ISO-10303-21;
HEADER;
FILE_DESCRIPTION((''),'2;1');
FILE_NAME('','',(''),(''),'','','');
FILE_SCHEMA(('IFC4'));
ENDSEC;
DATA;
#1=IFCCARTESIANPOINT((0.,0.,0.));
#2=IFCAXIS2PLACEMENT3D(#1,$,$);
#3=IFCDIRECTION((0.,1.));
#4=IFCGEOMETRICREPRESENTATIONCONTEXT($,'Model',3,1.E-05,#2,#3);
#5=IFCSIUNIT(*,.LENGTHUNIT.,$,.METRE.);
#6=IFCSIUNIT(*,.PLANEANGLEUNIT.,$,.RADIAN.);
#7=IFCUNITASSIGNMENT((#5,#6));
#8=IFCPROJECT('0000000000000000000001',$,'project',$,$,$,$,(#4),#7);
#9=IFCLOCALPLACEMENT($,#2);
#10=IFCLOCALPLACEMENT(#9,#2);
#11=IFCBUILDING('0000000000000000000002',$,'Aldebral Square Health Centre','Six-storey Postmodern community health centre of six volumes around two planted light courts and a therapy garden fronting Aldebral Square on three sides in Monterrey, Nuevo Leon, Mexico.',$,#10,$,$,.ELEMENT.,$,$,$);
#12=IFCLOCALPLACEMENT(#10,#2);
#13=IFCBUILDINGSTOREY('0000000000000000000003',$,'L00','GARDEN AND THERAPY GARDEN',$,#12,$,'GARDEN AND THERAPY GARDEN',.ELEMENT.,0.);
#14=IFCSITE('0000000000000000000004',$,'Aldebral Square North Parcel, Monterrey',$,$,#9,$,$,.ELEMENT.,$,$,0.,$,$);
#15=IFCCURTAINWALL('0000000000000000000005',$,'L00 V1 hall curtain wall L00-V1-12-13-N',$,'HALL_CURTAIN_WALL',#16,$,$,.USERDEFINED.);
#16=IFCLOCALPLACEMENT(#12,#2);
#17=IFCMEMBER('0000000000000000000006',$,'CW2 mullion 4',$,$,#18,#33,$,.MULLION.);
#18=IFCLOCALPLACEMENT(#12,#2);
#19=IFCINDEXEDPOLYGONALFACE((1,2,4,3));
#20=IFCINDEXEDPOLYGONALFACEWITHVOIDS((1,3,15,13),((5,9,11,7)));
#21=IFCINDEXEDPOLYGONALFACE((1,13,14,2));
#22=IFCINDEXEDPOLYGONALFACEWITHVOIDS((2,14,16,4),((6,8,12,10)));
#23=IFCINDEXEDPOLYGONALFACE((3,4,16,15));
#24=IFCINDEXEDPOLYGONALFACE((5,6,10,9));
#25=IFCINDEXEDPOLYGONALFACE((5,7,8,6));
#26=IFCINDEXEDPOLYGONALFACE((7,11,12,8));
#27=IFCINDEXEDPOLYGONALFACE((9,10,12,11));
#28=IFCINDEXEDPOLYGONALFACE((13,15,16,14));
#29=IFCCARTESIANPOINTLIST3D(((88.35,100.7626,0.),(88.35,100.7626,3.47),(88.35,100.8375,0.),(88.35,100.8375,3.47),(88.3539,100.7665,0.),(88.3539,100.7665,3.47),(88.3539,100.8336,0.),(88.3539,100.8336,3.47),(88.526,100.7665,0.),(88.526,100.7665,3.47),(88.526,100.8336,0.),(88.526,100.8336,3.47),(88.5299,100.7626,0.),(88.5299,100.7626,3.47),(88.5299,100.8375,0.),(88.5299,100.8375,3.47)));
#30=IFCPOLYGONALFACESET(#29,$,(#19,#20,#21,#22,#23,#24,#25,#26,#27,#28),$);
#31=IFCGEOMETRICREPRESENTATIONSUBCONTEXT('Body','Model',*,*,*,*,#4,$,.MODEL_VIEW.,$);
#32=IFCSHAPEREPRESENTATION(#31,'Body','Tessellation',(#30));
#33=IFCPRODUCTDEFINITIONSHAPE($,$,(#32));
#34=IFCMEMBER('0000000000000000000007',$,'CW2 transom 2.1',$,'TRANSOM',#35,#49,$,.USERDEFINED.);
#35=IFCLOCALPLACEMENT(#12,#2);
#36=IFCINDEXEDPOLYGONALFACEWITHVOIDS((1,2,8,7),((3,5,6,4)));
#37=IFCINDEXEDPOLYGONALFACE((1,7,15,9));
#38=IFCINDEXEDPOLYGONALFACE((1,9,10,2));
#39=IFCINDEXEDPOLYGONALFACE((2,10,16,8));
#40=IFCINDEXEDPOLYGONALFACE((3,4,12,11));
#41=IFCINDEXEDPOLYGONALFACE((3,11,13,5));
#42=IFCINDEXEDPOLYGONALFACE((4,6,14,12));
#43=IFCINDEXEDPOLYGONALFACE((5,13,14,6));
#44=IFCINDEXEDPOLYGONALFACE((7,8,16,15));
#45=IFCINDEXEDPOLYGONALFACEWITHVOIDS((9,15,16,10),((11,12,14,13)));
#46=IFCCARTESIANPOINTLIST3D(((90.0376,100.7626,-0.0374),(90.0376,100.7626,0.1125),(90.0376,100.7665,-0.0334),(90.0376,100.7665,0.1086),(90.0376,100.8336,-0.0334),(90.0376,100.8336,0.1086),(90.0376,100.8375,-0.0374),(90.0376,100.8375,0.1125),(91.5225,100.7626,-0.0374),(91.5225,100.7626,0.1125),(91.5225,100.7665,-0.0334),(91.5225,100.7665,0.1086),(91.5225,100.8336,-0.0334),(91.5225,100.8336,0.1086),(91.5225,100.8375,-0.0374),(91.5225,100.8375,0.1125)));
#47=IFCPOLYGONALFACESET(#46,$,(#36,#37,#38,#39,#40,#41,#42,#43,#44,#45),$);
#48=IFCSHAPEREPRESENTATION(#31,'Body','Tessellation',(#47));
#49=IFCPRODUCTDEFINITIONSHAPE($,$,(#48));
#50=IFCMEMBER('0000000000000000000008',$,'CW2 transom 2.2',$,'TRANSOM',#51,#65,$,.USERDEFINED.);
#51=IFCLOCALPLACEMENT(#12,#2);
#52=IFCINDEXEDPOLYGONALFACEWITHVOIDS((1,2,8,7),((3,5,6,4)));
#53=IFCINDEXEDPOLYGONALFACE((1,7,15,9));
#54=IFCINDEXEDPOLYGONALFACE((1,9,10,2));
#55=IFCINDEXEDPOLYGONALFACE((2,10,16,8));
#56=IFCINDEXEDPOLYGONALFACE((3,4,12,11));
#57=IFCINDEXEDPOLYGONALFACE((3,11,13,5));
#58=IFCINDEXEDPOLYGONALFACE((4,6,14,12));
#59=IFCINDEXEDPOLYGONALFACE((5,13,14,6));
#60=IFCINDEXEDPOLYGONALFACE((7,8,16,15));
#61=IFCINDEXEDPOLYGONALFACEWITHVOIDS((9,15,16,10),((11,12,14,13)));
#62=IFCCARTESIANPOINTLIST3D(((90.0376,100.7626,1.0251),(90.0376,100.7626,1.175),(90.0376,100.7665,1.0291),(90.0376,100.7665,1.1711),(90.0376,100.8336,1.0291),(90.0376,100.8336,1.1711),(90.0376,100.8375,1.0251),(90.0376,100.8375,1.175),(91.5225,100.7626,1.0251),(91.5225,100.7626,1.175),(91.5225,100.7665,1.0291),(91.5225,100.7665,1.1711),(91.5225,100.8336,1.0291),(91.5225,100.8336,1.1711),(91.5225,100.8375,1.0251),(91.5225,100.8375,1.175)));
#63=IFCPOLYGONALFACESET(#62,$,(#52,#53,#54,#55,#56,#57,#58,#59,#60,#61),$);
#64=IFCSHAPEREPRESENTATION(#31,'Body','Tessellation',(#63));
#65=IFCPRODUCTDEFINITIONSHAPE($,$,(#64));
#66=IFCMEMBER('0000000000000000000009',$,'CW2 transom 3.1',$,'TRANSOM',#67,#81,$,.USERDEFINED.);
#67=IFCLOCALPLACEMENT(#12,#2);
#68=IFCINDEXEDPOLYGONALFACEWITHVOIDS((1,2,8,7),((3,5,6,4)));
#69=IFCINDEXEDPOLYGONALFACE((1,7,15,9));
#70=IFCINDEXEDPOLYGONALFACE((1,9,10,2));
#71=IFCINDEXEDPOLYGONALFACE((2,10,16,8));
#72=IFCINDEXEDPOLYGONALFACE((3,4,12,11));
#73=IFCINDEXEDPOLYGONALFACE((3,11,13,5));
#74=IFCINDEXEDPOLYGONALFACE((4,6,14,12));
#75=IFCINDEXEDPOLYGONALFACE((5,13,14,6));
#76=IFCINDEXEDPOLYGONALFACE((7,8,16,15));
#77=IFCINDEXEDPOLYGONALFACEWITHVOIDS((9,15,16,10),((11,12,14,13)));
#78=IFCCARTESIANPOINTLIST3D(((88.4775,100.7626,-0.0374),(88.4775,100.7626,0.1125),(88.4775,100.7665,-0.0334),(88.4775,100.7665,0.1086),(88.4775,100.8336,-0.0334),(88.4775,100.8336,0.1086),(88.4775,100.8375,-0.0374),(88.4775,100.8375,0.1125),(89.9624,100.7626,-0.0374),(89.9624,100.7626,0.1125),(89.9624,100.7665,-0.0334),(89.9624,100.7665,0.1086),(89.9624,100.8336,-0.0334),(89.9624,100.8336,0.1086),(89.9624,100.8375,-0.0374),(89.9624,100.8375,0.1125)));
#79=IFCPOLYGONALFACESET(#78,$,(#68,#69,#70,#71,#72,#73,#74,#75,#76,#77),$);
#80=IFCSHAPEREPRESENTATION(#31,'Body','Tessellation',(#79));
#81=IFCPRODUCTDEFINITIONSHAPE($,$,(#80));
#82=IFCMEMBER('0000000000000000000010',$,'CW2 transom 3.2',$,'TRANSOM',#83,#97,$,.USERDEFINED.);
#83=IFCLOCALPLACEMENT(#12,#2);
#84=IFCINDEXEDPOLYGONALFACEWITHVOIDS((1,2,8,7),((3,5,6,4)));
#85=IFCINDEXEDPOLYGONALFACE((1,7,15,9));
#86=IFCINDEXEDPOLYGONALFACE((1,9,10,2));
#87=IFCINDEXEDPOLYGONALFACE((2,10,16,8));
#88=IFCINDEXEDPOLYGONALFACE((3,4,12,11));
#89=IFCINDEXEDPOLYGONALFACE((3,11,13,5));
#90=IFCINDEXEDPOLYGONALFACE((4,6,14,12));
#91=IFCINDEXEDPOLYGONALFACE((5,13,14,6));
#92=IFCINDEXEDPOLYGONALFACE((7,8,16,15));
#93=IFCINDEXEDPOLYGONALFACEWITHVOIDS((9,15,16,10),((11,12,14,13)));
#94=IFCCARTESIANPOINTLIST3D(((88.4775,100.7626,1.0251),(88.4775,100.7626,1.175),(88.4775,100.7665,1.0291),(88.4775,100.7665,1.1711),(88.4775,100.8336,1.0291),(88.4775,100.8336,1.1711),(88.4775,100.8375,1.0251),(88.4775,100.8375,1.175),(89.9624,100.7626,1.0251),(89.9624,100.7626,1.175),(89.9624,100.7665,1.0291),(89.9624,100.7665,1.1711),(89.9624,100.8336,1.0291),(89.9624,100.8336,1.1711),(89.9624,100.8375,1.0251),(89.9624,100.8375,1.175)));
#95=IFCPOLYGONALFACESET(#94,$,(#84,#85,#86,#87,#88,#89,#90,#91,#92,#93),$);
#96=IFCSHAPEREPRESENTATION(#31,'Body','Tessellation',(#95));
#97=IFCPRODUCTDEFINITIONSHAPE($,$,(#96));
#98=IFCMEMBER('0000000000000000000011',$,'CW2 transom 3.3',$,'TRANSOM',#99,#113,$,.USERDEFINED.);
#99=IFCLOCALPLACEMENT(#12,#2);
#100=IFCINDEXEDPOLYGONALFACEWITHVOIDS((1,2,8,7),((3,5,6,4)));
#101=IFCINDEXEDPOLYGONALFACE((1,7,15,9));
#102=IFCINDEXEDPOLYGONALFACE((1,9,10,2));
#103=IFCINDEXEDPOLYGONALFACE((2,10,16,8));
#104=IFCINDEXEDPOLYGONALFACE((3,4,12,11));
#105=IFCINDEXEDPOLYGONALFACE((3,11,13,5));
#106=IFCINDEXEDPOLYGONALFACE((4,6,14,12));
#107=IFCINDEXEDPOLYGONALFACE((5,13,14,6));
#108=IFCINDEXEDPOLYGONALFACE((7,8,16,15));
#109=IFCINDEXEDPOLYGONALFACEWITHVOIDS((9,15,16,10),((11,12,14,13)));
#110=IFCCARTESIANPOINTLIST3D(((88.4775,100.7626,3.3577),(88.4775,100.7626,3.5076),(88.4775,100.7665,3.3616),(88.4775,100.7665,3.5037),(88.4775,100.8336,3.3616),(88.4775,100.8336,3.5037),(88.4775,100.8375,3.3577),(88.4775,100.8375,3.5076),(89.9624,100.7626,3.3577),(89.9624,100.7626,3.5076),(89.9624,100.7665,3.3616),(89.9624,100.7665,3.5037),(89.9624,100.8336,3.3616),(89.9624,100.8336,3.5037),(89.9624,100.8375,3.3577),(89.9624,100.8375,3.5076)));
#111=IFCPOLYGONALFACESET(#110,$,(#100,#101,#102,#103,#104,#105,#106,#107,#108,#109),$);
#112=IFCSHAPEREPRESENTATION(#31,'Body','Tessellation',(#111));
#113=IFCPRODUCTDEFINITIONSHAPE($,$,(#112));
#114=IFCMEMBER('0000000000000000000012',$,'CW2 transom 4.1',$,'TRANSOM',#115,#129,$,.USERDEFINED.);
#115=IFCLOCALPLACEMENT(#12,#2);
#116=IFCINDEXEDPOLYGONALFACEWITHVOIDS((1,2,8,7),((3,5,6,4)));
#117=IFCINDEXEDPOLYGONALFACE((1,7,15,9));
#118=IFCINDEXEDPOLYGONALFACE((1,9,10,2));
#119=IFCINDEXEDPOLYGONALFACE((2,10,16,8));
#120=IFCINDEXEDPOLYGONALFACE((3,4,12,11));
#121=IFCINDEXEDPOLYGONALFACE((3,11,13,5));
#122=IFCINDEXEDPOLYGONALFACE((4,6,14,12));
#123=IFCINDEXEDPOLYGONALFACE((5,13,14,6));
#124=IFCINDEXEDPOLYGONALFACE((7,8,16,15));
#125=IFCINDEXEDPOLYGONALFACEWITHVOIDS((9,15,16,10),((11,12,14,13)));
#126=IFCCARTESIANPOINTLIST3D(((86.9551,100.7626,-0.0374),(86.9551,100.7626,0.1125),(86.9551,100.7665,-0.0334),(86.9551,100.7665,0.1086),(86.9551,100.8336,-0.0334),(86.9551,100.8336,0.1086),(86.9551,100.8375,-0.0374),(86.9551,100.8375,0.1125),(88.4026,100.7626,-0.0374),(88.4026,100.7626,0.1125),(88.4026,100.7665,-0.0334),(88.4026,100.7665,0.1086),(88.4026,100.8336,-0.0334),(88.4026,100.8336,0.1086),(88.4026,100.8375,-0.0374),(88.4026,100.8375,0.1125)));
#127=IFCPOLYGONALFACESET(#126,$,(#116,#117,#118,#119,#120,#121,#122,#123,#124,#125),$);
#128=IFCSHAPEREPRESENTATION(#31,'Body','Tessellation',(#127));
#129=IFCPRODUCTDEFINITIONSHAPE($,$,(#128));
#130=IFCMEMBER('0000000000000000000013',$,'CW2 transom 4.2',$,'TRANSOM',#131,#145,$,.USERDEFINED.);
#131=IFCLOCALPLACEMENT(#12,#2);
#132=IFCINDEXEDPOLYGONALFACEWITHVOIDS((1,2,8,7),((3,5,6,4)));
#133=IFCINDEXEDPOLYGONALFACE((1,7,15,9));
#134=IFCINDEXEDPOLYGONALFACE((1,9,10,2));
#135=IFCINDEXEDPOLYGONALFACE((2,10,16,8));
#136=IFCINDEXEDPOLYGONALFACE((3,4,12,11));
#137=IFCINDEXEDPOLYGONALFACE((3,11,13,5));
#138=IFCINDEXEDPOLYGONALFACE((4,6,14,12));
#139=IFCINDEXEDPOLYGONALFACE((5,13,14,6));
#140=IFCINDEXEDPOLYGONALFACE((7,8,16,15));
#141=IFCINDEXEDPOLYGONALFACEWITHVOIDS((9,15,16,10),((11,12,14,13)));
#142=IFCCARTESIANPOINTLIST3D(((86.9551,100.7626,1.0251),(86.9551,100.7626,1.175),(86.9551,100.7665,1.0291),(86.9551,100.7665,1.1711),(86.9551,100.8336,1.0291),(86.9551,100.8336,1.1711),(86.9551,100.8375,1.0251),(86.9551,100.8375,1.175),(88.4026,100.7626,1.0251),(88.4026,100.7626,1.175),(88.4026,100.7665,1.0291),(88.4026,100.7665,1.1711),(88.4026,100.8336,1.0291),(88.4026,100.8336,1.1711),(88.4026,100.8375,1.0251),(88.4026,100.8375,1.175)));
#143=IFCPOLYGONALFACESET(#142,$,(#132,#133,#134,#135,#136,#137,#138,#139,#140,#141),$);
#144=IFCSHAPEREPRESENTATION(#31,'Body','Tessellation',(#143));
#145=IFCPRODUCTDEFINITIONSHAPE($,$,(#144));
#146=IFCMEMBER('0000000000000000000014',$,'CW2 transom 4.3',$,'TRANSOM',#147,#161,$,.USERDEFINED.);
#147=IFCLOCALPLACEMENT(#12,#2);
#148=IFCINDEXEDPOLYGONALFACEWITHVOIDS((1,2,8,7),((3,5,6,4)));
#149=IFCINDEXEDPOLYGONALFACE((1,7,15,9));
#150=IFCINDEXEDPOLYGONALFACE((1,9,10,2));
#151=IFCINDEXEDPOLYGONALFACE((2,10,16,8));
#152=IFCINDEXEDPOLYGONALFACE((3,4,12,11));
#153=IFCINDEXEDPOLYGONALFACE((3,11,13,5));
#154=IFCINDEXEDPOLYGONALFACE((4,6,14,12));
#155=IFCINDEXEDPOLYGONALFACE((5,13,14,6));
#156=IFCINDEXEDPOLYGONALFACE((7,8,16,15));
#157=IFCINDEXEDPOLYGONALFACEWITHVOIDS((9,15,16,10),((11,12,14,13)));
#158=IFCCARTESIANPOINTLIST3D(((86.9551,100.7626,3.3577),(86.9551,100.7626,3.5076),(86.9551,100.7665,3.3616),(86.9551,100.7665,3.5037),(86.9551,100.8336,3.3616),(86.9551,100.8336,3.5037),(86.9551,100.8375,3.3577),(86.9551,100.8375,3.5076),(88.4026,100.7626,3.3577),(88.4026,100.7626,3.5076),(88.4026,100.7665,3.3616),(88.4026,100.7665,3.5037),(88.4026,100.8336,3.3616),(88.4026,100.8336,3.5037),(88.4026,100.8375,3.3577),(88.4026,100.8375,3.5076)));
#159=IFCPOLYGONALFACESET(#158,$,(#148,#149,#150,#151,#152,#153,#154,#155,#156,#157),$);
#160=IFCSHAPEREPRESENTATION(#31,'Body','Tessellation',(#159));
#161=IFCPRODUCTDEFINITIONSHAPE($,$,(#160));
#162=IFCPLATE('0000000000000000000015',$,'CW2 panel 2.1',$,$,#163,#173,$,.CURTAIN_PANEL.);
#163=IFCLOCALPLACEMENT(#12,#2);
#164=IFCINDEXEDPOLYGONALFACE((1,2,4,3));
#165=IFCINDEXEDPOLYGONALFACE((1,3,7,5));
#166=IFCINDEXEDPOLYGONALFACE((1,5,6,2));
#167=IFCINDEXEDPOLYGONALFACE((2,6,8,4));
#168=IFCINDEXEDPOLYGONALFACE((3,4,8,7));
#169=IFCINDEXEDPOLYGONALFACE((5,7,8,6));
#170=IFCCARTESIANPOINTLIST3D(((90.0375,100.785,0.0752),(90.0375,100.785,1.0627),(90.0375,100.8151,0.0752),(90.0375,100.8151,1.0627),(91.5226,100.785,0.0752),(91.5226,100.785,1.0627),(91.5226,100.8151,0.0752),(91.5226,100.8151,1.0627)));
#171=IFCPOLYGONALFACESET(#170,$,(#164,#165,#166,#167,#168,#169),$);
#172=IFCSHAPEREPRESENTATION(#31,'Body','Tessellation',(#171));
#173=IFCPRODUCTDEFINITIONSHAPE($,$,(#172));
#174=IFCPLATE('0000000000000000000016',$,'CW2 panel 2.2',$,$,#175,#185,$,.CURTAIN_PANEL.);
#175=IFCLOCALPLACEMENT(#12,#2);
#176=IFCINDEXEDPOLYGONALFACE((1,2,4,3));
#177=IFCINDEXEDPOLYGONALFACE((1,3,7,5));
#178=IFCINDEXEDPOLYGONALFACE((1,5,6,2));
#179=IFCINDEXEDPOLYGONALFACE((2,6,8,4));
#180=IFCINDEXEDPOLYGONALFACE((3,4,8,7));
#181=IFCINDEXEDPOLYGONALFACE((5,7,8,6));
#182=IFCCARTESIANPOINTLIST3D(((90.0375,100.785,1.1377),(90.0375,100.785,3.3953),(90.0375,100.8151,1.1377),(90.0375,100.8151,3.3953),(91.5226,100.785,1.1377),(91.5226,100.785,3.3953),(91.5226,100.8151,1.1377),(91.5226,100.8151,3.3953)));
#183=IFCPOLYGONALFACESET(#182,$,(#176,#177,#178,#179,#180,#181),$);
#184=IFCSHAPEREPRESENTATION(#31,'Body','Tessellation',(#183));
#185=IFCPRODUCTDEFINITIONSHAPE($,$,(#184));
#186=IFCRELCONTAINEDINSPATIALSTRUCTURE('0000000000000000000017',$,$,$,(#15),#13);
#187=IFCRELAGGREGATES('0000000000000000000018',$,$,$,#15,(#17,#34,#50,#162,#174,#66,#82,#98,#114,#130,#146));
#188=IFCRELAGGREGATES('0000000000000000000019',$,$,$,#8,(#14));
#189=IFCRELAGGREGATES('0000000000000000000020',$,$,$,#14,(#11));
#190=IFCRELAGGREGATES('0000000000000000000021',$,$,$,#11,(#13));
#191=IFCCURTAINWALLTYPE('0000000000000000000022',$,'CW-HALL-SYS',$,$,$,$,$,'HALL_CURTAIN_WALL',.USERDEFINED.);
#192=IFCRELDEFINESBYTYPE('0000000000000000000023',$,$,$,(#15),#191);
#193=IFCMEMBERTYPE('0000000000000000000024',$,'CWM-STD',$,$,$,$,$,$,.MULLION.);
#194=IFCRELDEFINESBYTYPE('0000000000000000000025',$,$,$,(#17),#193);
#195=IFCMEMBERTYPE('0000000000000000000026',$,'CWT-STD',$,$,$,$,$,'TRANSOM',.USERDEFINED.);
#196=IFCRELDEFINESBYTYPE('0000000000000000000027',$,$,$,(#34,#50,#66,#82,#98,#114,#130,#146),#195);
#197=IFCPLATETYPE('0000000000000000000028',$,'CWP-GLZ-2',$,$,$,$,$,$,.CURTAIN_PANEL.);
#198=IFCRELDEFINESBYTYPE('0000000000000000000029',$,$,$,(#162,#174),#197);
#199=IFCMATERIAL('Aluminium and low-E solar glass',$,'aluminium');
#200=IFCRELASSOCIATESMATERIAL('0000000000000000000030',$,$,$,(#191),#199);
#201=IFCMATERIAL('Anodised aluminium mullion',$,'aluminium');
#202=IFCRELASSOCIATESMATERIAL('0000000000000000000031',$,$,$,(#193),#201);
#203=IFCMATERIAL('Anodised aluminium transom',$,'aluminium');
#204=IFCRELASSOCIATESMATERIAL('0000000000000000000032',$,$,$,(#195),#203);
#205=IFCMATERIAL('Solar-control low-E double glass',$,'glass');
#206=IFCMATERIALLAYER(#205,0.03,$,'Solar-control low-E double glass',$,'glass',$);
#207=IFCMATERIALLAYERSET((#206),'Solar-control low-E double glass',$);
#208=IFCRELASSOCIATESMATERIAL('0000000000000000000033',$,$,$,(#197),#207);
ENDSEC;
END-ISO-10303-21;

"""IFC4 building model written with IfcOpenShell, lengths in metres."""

from ifc_helpers import new_model, si_unit, direction, frame, origin, origin_2d, place, context, subcontext, project, spatial, rectangle, hollow_rectangle, extrude, material, layer, layer_set, material_profile, profile_set, type_object, element, aggregate, save


model = new_model("IFC4")

# Units and contexts
model_context = context("Model", 3, precision=1e-05, world=origin(), true_north=direction((0.0, 1.0)))
body_context = subcontext(model_context, "Body", "Model", "MODEL_VIEW")
ifc_project = project(units=[si_unit("LENGTHUNIT", "METRE"), si_unit("PLANEANGLEUNIT", "RADIAN")], contexts=[model_context])

# Site, building, storey
site_placement = place(None, origin())
site = spatial("IfcSite", under=ifc_project, at=site_placement, Name="Aldebral Square North Parcel, Monterrey", CompositionType="ELEMENT", RefElevation=0.0)
building_placement = place(site_placement, origin())
building = spatial("IfcBuilding", under=site, at=building_placement, Name="Aldebral Square Health Centre", Description="Six-storey Postmodern community health centre of six volumes around two planted light courts and a therapy garden fronting Aldebral Square on three sides in Monterrey, Nuevo Leon, Mexico.", CompositionType="ELEMENT")
storey_placement = place(building_placement, origin())
storey = spatial("IfcBuildingStorey", under=building, at=storey_placement, Name="L00", Description="GARDEN AND THERAPY GARDEN", LongName="GARDEN AND THERAPY GARDEN", CompositionType="ELEMENT", Elevation=0.0)

# Curtain wall, members, plates
ifc_material_1 = material(Name="Aluminium and low-E solar glass", Category="aluminium")
curtain_wall_type = type_object("IfcCurtainWallType", Name="CW-HALL-SYS", ElementType="HALL_CURTAIN_WALL", PredefinedType="USERDEFINED", material=ifc_material_1)
curtain_wall_placement = place(storey_placement, origin())
curtain_wall = element("IfcCurtainWall", 1, at=curtain_wall_placement, inside=storey, type_object=curtain_wall_type, Name="L00 V1 hall curtain wall L00-V1-12-13-N", ObjectType="HALL_CURTAIN_WALL", PredefinedType="USERDEFINED")
ifc_material_2 = material(Name="Anodised aluminium mullion", Category="aluminium")
ifc_material_profile_1 = material_profile(ifc_material_2, hollow_rectangle(XDim=0.075, YDim=0.1799, WallThickness=0.0039, at=origin_2d()), Name="CWM 75x180x4")
ifc_profile_set_1 = profile_set([ifc_material_profile_1], Name="Anodised aluminium mullion")
member_type_1 = type_object("IfcMemberType", Name="CWM-STD", PredefinedType="MULLION", material=ifc_profile_set_1)
member_1_placement = place(storey_placement, frame((88.4399, 100.8, 0.0), z_axis=(0.0, 0.0, 1.0), x_axis=(0.0, -1.0, 0.0)))
member_1 = element("IfcMember", 2, at=member_1_placement, type_object=member_type_1, Name="CW2 mullion 4", PredefinedType="MULLION", context=body_context, shape_type="SweptSolid", body=[
    extrude(hollow_rectangle(XDim=0.075, YDim=0.1799, WallThickness=0.0039, at=origin_2d()), origin(), (0.0, 0.0, 1.0), 3.47),
])
ifc_material_3 = material(Name="Anodised aluminium transom", Category="aluminium")
ifc_material_profile_2 = material_profile(ifc_material_3, hollow_rectangle(XDim=0.075, YDim=0.1499, WallThickness=0.0039, at=origin_2d()), Name="CWT 75x150x4")
ifc_profile_set_2 = profile_set([ifc_material_profile_2], Name="Anodised aluminium transom")
member_type_2 = type_object("IfcMemberType", Name="CWT-STD", ElementType="TRANSOM", PredefinedType="USERDEFINED", material=ifc_profile_set_2)
member_2_placement = place(storey_placement, frame((91.5225, 100.8, 0.0376), z_axis=(-1.0, 0.0, 0.0), x_axis=(0.0, -1.0, 0.0)))
member_2 = element("IfcMember", 3, at=member_2_placement, type_object=member_type_2, Name="CW2 transom 2.1", ObjectType="TRANSOM", PredefinedType="USERDEFINED", context=body_context, shape_type="SweptSolid", body=[
    extrude(hollow_rectangle(XDim=0.075, YDim=0.1499, WallThickness=0.0039, at=origin_2d()), origin(), (0.0, 0.0, 1.0), 1.4849),
])
member_3_placement = place(storey_placement, frame((91.5225, 100.8, 1.1001), z_axis=(-1.0, 0.0, 0.0), x_axis=(0.0, -1.0, 0.0)))
member_3 = element("IfcMember", 4, at=member_3_placement, type_object=member_type_2, Name="CW2 transom 2.2", ObjectType="TRANSOM", PredefinedType="USERDEFINED", context=body_context, shape_type="SweptSolid", body=[
    extrude(hollow_rectangle(XDim=0.075, YDim=0.1499, WallThickness=0.0039, at=origin_2d()), origin(), (0.0, 0.0, 1.0), 1.4849),
])
member_4_placement = place(storey_placement, frame((89.9624, 100.8, 0.0376), z_axis=(-1.0, 0.0, 0.0), x_axis=(0.0, -1.0, 0.0)))
member_4 = element("IfcMember", 5, at=member_4_placement, type_object=member_type_2, Name="CW2 transom 3.1", ObjectType="TRANSOM", PredefinedType="USERDEFINED", context=body_context, shape_type="SweptSolid", body=[
    extrude(hollow_rectangle(XDim=0.075, YDim=0.1499, WallThickness=0.0039, at=origin_2d()), origin(), (0.0, 0.0, 1.0), 1.4849),
])
member_5_placement = place(storey_placement, frame((89.9624, 100.8, 1.1001), z_axis=(-1.0, 0.0, 0.0), x_axis=(0.0, -1.0, 0.0)))
member_5 = element("IfcMember", 6, at=member_5_placement, type_object=member_type_2, Name="CW2 transom 3.2", ObjectType="TRANSOM", PredefinedType="USERDEFINED", context=body_context, shape_type="SweptSolid", body=[
    extrude(hollow_rectangle(XDim=0.075, YDim=0.1499, WallThickness=0.0039, at=origin_2d()), origin(), (0.0, 0.0, 1.0), 1.4849),
])
member_6_placement = place(storey_placement, frame((89.9624, 100.8, 3.4326), z_axis=(-1.0, 0.0, 0.0), x_axis=(0.0, -1.0, 0.0)))
member_6 = element("IfcMember", 7, at=member_6_placement, type_object=member_type_2, Name="CW2 transom 3.3", ObjectType="TRANSOM", PredefinedType="USERDEFINED", context=body_context, shape_type="SweptSolid", body=[
    extrude(hollow_rectangle(XDim=0.075, YDim=0.1499, WallThickness=0.0039, at=origin_2d()), origin(), (0.0, 0.0, 1.0), 1.4849),
])
member_7_placement = place(storey_placement, frame((88.4026, 100.8, 0.0376), z_axis=(-1.0, 0.0, 0.0), x_axis=(0.0, -1.0, 0.0)))
member_7 = element("IfcMember", 8, at=member_7_placement, type_object=member_type_2, Name="CW2 transom 4.1", ObjectType="TRANSOM", PredefinedType="USERDEFINED", context=body_context, shape_type="SweptSolid", body=[
    extrude(hollow_rectangle(XDim=0.075, YDim=0.1499, WallThickness=0.0039, at=origin_2d()), origin(), (0.0, 0.0, 1.0), 1.4475),
])
member_8_placement = place(storey_placement, frame((88.4026, 100.8, 1.1001), z_axis=(-1.0, 0.0, 0.0), x_axis=(0.0, -1.0, 0.0)))
member_8 = element("IfcMember", 9, at=member_8_placement, type_object=member_type_2, Name="CW2 transom 4.2", ObjectType="TRANSOM", PredefinedType="USERDEFINED", context=body_context, shape_type="SweptSolid", body=[
    extrude(hollow_rectangle(XDim=0.075, YDim=0.1499, WallThickness=0.0039, at=origin_2d()), origin(), (0.0, 0.0, 1.0), 1.4475),
])
member_9_placement = place(storey_placement, frame((88.4026, 100.8, 3.4326), z_axis=(-1.0, 0.0, 0.0), x_axis=(0.0, -1.0, 0.0)))
member_9 = element("IfcMember", 10, at=member_9_placement, type_object=member_type_2, Name="CW2 transom 4.3", ObjectType="TRANSOM", PredefinedType="USERDEFINED", context=body_context, shape_type="SweptSolid", body=[
    extrude(hollow_rectangle(XDim=0.075, YDim=0.1499, WallThickness=0.0039, at=origin_2d()), origin(), (0.0, 0.0, 1.0), 1.4475),
])
ifc_material_4 = material(Name="Solar-control low-E double glass", Category="glass")
ifc_layer_1 = layer(ifc_material_4, 0.03, Name="Solar-control low-E double glass", Category="glass")
ifc_layer_set_1 = layer_set([ifc_layer_1], Name="Solar-control low-E double glass")
plate_type = type_object("IfcPlateType", Name="CWP-GLZ-2", PredefinedType="CURTAIN_PANEL", material=ifc_layer_set_1)
plate_1_placement = place(storey_placement, frame((90.78, 100.8, 0.0752), z_axis=(0.0, 0.0, 1.0), x_axis=(-1.0, 0.0, 0.0)))
plate_1 = element("IfcPlate", 11, at=plate_1_placement, type_object=plate_type, Name="CW2 panel 2.1", PredefinedType="CURTAIN_PANEL", context=body_context, shape_type="SweptSolid", body=[
    extrude(rectangle(XDim=1.4851, YDim=0.03, at=origin_2d()), origin(), (0.0, 0.0, 1.0), 0.9875),
])
plate_2_placement = place(storey_placement, frame((90.78, 100.8, 1.1377), z_axis=(0.0, 0.0, 1.0), x_axis=(-1.0, 0.0, 0.0)))
plate_2 = element("IfcPlate", 12, at=plate_2_placement, type_object=plate_type, Name="CW2 panel 2.2", PredefinedType="CURTAIN_PANEL", context=body_context, shape_type="SweptSolid", body=[
    extrude(rectangle(XDim=1.4851, YDim=0.03, at=origin_2d()), origin(), (0.0, 0.0, 1.0), 2.2576),
])
aggregate(curtain_wall, [member_1, member_2, member_3, plate_1, plate_2, member_4, member_5, member_6, member_7, member_8, member_9])

save(model, "model.ifc")
